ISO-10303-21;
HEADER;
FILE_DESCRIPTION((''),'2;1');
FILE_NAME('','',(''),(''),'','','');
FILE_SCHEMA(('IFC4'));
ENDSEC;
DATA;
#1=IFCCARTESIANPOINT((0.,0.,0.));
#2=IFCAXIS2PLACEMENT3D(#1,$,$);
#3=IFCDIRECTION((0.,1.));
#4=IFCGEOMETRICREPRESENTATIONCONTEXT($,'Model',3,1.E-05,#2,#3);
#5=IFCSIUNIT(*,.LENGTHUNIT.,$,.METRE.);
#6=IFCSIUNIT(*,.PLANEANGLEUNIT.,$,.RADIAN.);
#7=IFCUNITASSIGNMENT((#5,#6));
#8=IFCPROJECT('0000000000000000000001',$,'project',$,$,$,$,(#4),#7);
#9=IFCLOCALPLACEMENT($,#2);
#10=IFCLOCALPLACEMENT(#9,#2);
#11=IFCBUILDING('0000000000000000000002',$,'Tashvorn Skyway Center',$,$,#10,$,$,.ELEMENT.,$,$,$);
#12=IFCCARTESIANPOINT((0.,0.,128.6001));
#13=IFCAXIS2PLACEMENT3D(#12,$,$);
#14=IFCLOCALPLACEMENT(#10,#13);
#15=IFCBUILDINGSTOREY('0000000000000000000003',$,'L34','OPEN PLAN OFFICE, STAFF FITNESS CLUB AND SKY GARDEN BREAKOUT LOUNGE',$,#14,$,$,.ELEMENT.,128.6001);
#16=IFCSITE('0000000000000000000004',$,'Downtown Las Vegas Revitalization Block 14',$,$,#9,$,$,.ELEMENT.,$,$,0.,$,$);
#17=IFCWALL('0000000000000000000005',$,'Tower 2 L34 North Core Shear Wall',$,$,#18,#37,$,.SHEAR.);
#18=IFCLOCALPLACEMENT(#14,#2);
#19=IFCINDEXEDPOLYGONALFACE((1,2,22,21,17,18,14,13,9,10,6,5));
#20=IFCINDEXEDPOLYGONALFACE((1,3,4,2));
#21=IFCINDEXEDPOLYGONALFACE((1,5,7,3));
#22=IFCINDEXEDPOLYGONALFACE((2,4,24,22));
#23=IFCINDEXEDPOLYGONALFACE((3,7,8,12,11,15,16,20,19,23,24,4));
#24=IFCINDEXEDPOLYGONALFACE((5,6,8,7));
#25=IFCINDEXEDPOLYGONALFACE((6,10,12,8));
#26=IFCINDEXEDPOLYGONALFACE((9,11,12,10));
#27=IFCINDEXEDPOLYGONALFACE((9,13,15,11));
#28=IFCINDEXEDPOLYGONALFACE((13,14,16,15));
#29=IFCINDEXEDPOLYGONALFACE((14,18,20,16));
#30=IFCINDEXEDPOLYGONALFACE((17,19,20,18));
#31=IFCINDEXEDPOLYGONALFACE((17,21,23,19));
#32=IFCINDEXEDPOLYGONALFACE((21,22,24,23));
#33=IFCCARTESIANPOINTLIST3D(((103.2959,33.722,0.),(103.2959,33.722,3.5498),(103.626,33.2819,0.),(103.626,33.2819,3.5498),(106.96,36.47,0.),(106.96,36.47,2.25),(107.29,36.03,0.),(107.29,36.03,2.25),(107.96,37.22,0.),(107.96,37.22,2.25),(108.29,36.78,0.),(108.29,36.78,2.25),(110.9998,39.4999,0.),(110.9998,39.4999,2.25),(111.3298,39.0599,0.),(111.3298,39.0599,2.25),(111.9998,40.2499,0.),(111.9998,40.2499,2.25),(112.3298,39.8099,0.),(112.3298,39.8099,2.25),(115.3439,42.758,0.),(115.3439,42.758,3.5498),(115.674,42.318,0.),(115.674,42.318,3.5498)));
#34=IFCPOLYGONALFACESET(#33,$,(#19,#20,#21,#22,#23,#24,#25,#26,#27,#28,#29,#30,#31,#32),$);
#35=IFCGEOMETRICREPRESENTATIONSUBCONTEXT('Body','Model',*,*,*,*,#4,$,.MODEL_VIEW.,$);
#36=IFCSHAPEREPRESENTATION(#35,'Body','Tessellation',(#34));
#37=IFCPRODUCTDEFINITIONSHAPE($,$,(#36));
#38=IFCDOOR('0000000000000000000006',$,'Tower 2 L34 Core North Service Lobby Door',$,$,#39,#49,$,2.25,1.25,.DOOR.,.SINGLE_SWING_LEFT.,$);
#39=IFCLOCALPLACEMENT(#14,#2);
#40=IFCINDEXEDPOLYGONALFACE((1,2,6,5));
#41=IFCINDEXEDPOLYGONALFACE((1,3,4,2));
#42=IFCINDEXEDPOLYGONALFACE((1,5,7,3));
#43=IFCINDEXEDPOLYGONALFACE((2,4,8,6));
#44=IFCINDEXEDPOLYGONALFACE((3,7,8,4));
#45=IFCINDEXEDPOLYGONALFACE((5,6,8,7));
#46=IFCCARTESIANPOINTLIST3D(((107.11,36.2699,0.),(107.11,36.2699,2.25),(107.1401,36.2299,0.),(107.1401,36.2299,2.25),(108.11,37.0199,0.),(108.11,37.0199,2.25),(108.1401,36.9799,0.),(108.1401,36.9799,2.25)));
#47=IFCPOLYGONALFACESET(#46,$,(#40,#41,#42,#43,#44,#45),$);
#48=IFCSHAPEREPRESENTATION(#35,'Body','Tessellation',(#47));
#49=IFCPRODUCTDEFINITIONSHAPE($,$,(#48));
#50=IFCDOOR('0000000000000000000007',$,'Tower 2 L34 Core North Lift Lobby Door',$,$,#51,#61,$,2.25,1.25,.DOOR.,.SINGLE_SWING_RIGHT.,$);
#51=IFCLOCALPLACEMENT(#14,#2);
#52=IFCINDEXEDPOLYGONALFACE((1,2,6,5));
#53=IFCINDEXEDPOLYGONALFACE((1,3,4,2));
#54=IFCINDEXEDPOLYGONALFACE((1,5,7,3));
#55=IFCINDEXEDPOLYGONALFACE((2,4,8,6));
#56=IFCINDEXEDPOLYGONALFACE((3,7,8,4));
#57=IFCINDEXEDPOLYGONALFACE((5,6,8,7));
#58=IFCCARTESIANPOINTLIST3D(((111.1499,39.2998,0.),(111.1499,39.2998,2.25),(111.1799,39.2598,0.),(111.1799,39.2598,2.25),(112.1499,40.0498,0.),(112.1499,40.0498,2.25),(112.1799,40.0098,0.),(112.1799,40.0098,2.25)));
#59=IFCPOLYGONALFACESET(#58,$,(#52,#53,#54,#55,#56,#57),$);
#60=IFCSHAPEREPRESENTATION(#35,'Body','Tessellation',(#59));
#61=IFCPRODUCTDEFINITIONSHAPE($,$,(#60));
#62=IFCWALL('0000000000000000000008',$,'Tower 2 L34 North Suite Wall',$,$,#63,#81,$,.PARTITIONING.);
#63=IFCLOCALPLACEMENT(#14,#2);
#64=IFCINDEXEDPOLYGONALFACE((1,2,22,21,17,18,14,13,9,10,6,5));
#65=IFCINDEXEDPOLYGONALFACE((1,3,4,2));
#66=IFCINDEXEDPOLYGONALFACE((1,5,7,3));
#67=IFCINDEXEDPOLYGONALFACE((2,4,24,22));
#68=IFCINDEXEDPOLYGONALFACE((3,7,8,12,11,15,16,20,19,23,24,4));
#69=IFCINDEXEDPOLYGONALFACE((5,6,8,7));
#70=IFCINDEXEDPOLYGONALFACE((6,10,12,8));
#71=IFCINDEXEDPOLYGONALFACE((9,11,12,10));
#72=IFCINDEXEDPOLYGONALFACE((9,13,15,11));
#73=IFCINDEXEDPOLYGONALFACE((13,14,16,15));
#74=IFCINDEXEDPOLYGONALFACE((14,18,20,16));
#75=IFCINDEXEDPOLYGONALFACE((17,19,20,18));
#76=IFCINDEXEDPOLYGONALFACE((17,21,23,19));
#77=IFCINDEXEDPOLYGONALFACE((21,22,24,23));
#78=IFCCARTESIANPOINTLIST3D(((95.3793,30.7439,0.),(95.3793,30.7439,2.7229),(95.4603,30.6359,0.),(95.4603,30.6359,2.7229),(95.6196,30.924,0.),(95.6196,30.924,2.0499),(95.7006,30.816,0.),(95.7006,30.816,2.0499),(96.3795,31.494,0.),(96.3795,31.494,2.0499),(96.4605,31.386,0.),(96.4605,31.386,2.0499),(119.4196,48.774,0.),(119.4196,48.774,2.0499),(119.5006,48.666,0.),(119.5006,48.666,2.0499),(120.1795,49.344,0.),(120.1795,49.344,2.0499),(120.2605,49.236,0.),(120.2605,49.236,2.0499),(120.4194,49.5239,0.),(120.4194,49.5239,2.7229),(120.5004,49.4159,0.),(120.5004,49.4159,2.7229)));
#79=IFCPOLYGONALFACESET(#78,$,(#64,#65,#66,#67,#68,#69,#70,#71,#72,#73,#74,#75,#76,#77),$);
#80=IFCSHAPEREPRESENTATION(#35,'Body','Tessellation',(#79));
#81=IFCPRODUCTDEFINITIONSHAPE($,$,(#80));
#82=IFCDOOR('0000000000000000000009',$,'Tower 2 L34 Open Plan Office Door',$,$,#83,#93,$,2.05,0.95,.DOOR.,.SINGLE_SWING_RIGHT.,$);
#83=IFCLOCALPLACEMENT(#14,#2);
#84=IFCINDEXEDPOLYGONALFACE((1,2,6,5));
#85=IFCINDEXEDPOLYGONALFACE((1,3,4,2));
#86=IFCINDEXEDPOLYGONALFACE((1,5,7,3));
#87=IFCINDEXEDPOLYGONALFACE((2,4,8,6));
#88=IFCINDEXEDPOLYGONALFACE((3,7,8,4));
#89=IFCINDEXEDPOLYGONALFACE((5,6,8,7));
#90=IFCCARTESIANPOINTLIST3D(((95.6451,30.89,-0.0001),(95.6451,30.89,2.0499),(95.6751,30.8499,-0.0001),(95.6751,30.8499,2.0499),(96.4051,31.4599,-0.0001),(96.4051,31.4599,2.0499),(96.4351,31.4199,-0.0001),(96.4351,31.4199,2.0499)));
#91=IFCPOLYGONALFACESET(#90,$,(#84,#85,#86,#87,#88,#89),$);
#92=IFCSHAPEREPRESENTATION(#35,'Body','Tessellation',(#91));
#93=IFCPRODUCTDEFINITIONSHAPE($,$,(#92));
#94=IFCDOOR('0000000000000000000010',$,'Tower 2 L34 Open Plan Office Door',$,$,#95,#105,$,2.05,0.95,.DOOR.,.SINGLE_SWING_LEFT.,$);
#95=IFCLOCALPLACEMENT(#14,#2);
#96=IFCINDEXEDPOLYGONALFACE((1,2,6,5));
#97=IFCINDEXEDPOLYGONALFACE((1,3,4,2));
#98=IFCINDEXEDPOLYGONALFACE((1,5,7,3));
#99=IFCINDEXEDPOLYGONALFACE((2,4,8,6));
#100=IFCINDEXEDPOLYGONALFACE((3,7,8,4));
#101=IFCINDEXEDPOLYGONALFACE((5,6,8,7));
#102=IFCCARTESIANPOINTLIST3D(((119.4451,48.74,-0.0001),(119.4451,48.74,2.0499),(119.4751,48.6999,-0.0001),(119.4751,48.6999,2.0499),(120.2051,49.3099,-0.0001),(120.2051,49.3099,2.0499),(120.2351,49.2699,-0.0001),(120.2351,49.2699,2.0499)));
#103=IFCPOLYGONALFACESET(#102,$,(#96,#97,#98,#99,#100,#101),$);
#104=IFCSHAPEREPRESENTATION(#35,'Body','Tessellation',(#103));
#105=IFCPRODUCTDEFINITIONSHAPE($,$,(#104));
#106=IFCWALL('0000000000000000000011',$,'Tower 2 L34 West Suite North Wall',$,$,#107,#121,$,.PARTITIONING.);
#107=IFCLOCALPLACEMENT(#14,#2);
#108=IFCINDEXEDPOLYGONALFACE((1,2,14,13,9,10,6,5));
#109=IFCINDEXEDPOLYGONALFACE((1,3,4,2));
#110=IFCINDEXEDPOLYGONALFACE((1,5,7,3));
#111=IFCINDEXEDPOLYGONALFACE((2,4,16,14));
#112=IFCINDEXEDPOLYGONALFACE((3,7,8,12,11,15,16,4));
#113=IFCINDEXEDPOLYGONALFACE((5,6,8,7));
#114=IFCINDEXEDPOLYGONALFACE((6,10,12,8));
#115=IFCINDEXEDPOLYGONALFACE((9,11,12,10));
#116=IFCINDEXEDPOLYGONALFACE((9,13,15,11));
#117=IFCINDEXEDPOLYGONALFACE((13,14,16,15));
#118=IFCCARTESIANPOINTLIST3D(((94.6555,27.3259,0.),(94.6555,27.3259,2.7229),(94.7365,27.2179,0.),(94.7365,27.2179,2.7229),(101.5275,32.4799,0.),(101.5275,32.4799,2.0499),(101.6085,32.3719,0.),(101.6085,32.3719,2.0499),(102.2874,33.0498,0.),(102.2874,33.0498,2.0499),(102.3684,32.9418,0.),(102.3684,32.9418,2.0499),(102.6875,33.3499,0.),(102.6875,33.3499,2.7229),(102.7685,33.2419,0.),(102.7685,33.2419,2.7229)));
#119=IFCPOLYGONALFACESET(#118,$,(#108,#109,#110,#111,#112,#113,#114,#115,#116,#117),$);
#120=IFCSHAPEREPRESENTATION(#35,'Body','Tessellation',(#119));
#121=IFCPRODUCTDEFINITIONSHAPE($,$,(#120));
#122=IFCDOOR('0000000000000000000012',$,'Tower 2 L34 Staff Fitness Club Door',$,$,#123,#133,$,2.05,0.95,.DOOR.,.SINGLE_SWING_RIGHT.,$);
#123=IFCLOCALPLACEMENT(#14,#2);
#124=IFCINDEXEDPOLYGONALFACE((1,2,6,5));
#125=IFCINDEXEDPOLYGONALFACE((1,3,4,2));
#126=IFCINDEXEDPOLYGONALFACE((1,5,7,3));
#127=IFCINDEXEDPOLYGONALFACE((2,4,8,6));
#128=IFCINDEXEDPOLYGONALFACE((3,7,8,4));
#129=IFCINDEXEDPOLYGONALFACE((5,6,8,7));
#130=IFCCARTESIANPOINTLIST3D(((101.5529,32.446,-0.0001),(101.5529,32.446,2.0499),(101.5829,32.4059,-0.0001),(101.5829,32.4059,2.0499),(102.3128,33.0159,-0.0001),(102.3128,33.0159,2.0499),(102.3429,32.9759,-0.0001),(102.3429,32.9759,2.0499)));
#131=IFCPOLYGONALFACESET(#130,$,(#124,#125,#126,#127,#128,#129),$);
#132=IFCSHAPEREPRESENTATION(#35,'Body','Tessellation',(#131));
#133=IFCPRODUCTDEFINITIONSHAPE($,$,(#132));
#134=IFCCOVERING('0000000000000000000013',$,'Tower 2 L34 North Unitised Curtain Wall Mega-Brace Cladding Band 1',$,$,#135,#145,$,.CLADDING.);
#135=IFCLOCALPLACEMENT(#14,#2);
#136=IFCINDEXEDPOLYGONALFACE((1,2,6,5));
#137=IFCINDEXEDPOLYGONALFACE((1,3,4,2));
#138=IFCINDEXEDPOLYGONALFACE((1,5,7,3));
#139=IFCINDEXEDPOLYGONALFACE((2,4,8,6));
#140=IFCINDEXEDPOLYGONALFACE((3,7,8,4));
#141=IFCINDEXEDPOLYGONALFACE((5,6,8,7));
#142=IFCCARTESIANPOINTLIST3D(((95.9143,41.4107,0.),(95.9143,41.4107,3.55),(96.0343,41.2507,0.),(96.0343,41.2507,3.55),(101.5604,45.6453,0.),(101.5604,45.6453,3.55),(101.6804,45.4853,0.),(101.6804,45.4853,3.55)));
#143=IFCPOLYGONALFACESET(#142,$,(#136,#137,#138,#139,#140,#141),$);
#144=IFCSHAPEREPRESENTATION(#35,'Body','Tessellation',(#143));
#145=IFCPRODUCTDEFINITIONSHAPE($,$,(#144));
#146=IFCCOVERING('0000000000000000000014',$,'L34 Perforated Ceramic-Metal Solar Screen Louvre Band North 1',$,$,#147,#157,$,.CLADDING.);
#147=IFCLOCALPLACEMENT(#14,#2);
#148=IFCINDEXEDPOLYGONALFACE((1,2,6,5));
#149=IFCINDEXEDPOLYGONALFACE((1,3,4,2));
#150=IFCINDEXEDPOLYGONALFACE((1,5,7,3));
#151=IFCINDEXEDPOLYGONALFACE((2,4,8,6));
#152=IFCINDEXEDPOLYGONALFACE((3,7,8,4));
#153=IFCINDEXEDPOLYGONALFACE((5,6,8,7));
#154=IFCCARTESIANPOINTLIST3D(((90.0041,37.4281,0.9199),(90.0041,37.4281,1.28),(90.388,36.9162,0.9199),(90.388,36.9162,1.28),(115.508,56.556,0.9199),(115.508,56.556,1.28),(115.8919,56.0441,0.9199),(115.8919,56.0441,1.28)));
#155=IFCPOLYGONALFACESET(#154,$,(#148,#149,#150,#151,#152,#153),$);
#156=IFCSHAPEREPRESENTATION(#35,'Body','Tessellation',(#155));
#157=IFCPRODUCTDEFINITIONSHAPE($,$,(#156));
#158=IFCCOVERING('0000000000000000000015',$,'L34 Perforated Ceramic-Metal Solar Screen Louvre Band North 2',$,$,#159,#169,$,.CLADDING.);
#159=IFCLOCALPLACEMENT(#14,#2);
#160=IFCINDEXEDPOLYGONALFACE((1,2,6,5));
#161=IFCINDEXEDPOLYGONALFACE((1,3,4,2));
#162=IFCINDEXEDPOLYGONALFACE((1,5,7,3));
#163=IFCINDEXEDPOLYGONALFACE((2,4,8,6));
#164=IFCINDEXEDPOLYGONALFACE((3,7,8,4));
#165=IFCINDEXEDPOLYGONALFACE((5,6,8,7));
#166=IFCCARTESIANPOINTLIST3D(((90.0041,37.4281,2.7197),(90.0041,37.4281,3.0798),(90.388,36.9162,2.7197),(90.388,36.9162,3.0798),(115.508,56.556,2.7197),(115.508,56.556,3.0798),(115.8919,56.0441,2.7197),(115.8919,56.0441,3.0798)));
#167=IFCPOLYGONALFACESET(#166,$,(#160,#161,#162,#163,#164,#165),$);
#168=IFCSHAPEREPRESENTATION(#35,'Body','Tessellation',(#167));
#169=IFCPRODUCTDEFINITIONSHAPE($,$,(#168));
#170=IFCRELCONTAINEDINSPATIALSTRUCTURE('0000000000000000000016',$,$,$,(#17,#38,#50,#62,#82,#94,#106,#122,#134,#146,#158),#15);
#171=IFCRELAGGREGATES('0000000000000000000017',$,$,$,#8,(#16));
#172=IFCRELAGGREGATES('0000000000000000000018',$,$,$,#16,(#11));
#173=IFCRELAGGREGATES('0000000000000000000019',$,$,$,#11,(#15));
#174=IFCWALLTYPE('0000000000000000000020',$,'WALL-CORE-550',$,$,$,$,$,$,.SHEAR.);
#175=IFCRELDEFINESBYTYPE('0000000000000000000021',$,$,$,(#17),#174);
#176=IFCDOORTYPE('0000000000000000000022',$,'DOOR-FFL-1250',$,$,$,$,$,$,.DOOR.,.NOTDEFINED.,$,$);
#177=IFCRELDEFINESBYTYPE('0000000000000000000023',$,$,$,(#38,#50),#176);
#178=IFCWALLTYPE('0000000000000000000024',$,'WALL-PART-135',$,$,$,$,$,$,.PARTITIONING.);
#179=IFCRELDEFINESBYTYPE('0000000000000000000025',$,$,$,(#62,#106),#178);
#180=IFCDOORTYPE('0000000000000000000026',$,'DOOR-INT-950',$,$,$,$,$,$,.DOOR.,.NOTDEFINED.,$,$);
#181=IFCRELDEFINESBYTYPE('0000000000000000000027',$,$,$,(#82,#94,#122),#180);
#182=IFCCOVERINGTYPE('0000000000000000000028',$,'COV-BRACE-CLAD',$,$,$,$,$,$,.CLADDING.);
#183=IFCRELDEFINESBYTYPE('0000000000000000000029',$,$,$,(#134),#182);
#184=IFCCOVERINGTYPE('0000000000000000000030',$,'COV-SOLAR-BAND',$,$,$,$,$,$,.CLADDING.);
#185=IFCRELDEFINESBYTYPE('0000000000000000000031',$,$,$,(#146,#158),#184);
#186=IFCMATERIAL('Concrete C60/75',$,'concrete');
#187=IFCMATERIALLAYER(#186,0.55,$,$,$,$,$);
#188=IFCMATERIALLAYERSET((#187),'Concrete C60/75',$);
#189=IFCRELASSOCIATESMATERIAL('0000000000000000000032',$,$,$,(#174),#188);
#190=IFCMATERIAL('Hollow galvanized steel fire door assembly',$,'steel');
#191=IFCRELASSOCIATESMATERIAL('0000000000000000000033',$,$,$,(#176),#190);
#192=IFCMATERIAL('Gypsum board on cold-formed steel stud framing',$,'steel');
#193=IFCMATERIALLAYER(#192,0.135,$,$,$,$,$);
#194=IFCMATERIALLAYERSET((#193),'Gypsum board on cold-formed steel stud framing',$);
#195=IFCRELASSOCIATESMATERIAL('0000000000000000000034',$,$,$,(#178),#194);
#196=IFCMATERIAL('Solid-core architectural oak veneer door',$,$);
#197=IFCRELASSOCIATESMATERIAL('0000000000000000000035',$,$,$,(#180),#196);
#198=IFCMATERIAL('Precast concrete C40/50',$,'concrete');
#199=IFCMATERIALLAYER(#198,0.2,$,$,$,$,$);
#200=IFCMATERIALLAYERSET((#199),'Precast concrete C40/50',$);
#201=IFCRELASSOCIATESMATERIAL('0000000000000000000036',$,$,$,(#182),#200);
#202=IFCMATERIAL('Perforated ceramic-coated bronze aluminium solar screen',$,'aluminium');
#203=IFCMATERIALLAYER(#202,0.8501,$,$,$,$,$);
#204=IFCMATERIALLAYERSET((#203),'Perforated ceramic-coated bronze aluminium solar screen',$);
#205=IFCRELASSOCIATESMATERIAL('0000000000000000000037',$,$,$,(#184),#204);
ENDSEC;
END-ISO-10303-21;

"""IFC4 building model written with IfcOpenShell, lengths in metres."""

from ifc_helpers import new_model, si_unit, direction, frame, frame_2d, origin, origin_2d, place, context, subcontext, project, spatial, rectangle, extrude, material, layer, layer_set, type_object, element, fill, save


model = new_model("IFC4")

# Units and contexts
model_context = context("Model", 3, precision=1e-05, world=origin(), true_north=direction((0.0, 1.0)))
body_context = subcontext(model_context, "Body", "Model", "MODEL_VIEW")
ifc_project = project(units=[si_unit("LENGTHUNIT", "METRE"), si_unit("PLANEANGLEUNIT", "RADIAN")], contexts=[model_context])

# Site, building, storey
site_placement = place(None, origin())
site = spatial("IfcSite", under=ifc_project, at=site_placement, Name="Downtown Las Vegas Revitalization Block 14", CompositionType="ELEMENT", RefElevation=0.0)
building_placement = place(site_placement, origin())
building = spatial("IfcBuilding", under=site, at=building_placement, Name="Tashvorn Skyway Center", CompositionType="ELEMENT")
storey_placement = place(building_placement, frame((0.0, 0.0, 128.6001)))
storey = spatial("IfcBuildingStorey", under=building, at=storey_placement, Name="L34", Description="OPEN PLAN OFFICE, STAFF FITNESS CLUB AND SKY GARDEN BREAKOUT LOUNGE", CompositionType="ELEMENT", Elevation=128.6001)

# Walls, openings, doors
ifc_material_1 = material(Name="Concrete C60/75", Category="concrete")
ifc_layer_1 = layer(ifc_material_1, 0.55)
ifc_layer_set_1 = layer_set([ifc_layer_1], Name="Concrete C60/75")
wall_type_1 = type_object("IfcWallType", Name="WALL-CORE-550", PredefinedType="SHEAR", material=ifc_layer_set_1)
wall_1_placement = place(storey_placement, frame((103.4609, 33.502, 0.0), z_axis=(0.0, 0.0, 1.0), x_axis=(0.799998, 0.600003, 0.0)))
wall_1 = element("IfcWall", 1, at=wall_1_placement, inside=storey, type_object=wall_type_1, Name="Tower 2 L34 North Core Shear Wall", PredefinedType="SHEAR", context=body_context, shape_type="SweptSolid", body=[
    extrude(rectangle(XDim=15.0601, YDim=0.55, at=frame_2d((7.53, 0.0))), origin(), (0.0, 0.0, 1.0), 3.5498),
])
opening_1_placement = place(wall_1_placement, frame((4.5801, 0.0, 0.0)))
opening_1 = element("IfcOpeningElement", 2, at=opening_1_placement, cuts=wall_1, PredefinedType="OPENING", context=body_context, shape_type="SweptSolid", body=[
    extrude(rectangle(XDim=1.25, YDim=2.25, at=frame_2d((0.625, 1.125))), frame((0.0, 0.2849, 0.0), z_axis=(0.0, -1.0, 0.0), x_axis=(1.0, 0.0, 0.0)), (0.0, 0.0, 1.0), 0.5701),
])
opening_2_placement = place(wall_1_placement, frame((9.6299, 0.0, 0.0)))
opening_2 = element("IfcOpeningElement", 3, at=opening_2_placement, cuts=wall_1, PredefinedType="OPENING", context=body_context, shape_type="SweptSolid", body=[
    extrude(rectangle(XDim=1.25, YDim=2.25, at=frame_2d((0.625, 1.125))), frame((0.0, 0.2849, 0.0), z_axis=(0.0, -1.0, 0.0), x_axis=(1.0, 0.0, 0.0)), (0.0, 0.0, 1.0), 0.5701),
])
ifc_material_2 = material(Name="Hollow galvanized steel fire door assembly", Category="steel")
door_type_1 = type_object("IfcDoorType", Name="DOOR-FFL-1250", OperationType="NOTDEFINED", PredefinedType="DOOR", material=ifc_material_2)
door_1_placement = place(opening_1_placement, origin())
door_1 = element("IfcDoor", 4, at=door_1_placement, inside=storey, type_object=door_type_1, Name="Tower 2 L34 Core North Service Lobby Door", OperationType="SINGLE_SWING_LEFT", OverallHeight=2.25, OverallWidth=1.25, PredefinedType="DOOR", context=body_context, shape_type="SweptSolid", body=[
    extrude(rectangle(XDim=1.25, YDim=2.25, at=frame_2d((0.625, 1.125))), frame((0.0, 0.0249, 0.0), z_axis=(0.0, -1.0, 0.0), x_axis=(1.0, 0.0, 0.0)), (0.0, 0.0, 1.0), 0.05),
])
fill(opening_1, door_1)
door_2_placement = place(opening_2_placement, origin())
door_2 = element("IfcDoor", 5, at=door_2_placement, inside=storey, type_object=door_type_1, Name="Tower 2 L34 Core North Lift Lobby Door", OperationType="SINGLE_SWING_RIGHT", OverallHeight=2.25, OverallWidth=1.25, PredefinedType="DOOR", context=body_context, shape_type="SweptSolid", body=[
    extrude(rectangle(XDim=1.25, YDim=2.25, at=frame_2d((0.625, 1.125))), frame((0.0, 0.0249, 0.0), z_axis=(0.0, -1.0, 0.0), x_axis=(1.0, 0.0, 0.0)), (0.0, 0.0, 1.0), 0.05),
])
fill(opening_2, door_2)
ifc_material_3 = material(Name="Gypsum board on cold-formed steel stud framing", Category="steel")
ifc_layer_2 = layer(ifc_material_3, 0.135)
ifc_layer_set_2 = layer_set([ifc_layer_2], Name="Gypsum board on cold-formed steel stud framing")
wall_type_2 = type_object("IfcWallType", Name="WALL-PART-135", PredefinedType="PARTITIONING", material=ifc_layer_set_2)
wall_2_placement = place(storey_placement, frame((95.4199, 30.6899, 0.0), z_axis=(0.0, 0.0, 1.0), x_axis=(0.8, 0.6, 0.0)))
wall_2 = element("IfcWall", 6, at=wall_2_placement, inside=storey, type_object=wall_type_2, Name="Tower 2 L34 North Suite Wall", PredefinedType="PARTITIONING", context=body_context, shape_type="SweptSolid", body=[
    extrude(rectangle(XDim=31.3, YDim=0.135, at=frame_2d((15.6499, 0.0))), origin(), (0.0, 0.0, 1.0), 2.7229),
])
opening_3_placement = place(wall_2_placement, frame((0.3, 0.0, 0.0)))
opening_3 = element("IfcOpeningElement", 7, at=opening_3_placement, cuts=wall_2, PredefinedType="OPENING", context=body_context, shape_type="SweptSolid", body=[
    extrude(rectangle(XDim=0.95, YDim=2.05, at=frame_2d((0.4751, 1.0249))), frame((0.0, 0.0774, 0.0), z_axis=(0.0, -1.0, 0.0), x_axis=(1.0, 0.0, 0.0)), (0.0, 0.0, 1.0), 0.155),
])
opening_4_placement = place(wall_2_placement, frame((30.05, 0.0, 0.0)))
opening_4 = element("IfcOpeningElement", 8, at=opening_4_placement, cuts=wall_2, PredefinedType="OPENING", context=body_context, shape_type="SweptSolid", body=[
    extrude(rectangle(XDim=0.95, YDim=2.05, at=frame_2d((0.4751, 1.0249))), frame((0.0, 0.0774, 0.0), z_axis=(0.0, -1.0, 0.0), x_axis=(1.0, 0.0, 0.0)), (0.0, 0.0, 1.0), 0.155),
])
ifc_material_4 = material(Name="Solid-core architectural oak veneer door")
door_type_2 = type_object("IfcDoorType", Name="DOOR-INT-950", OperationType="NOTDEFINED", PredefinedType="DOOR", material=ifc_material_4)
door_3_placement = place(opening_3_placement, origin())
door_3 = element("IfcDoor", 9, at=door_3_placement, inside=storey, type_object=door_type_2, Name="Tower 2 L34 Open Plan Office Door", OperationType="SINGLE_SWING_RIGHT", OverallHeight=2.05, OverallWidth=0.95, PredefinedType="DOOR", context=body_context, shape_type="SweptSolid", body=[
    extrude(rectangle(XDim=0.95, YDim=2.05, at=frame_2d((0.4751, 1.0249))), frame((0.0, 0.0249, 0.0), z_axis=(0.0, -1.0, 0.0), x_axis=(1.0, 0.0, 0.0)), (0.0, 0.0, 1.0), 0.05),
])
fill(opening_3, door_3)
door_4_placement = place(opening_4_placement, origin())
door_4 = element("IfcDoor", 10, at=door_4_placement, inside=storey, type_object=door_type_2, Name="Tower 2 L34 Open Plan Office Door", OperationType="SINGLE_SWING_LEFT", OverallHeight=2.05, OverallWidth=0.95, PredefinedType="DOOR", context=body_context, shape_type="SweptSolid", body=[
    extrude(rectangle(XDim=0.95, YDim=2.05, at=frame_2d((0.4751, 1.0249))), frame((0.0, 0.0249, 0.0), z_axis=(0.0, -1.0, 0.0), x_axis=(1.0, 0.0, 0.0)), (0.0, 0.0, 1.0), 0.05),
])
fill(opening_4, door_4)

# Wall, opening, door
wall_3_placement = place(storey_placement, frame((102.728, 33.2959, 0.0), z_axis=(0.0, 0.0, 1.0), x_axis=(-0.800003, -0.599996, 0.0)))
wall_3 = element("IfcWall", 11, at=wall_3_placement, inside=storey, type_object=wall_type_2, Name="Tower 2 L34 West Suite North Wall", PredefinedType="PARTITIONING", context=body_context, shape_type="SweptSolid", body=[
    extrude(rectangle(XDim=10.04, YDim=0.135, at=frame_2d((5.02, 0.0))), origin(), (0.0, 0.0, 1.0), 2.7229),
])
opening_5_placement = place(wall_3_placement, frame((0.5, 0.0, 0.0)))
opening_5 = element("IfcOpeningElement", 12, at=opening_5_placement, cuts=wall_3, PredefinedType="OPENING", context=body_context, shape_type="SweptSolid", body=[
    extrude(rectangle(XDim=0.95, YDim=2.05, at=frame_2d((0.4751, 1.0249))), frame((0.0, 0.0774, 0.0), z_axis=(0.0, -1.0, 0.0), x_axis=(1.0, 0.0, 0.0)), (0.0, 0.0, 1.0), 0.155),
])
door_5_placement = place(opening_5_placement, origin())
door_5 = element("IfcDoor", 13, at=door_5_placement, inside=storey, type_object=door_type_2, Name="Tower 2 L34 Staff Fitness Club Door", OperationType="SINGLE_SWING_RIGHT", OverallHeight=2.05, OverallWidth=0.95, PredefinedType="DOOR", context=body_context, shape_type="SweptSolid", body=[
    extrude(rectangle(XDim=0.95, YDim=2.05, at=frame_2d((0.4751, 1.0249))), frame((0.0, 0.0249, 0.0), z_axis=(0.0, -1.0, 0.0), x_axis=(1.0, 0.0, 0.0)), (0.0, 0.0, 1.0), 0.05),
])
fill(opening_5, door_5)

# Coverings
ifc_material_5 = material(Name="Precast concrete C40/50", Category="concrete")
ifc_layer_3 = layer(ifc_material_5, 0.2)
ifc_layer_set_3 = layer_set([ifc_layer_3], Name="Precast concrete C40/50")
covering_type_1 = type_object("IfcCoveringType", Name="COV-BRACE-CLAD", PredefinedType="CLADDING", material=ifc_layer_set_3)
covering_placement = place(storey_placement, frame((98.7974, 43.448, 0.0), z_axis=(0.0, 0.0, 1.0), x_axis=(0.8, 0.6, 0.0)))
element("IfcCovering", 14, at=covering_placement, inside=storey, type_object=covering_type_1, Name="Tower 2 L34 North Unitised Curtain Wall Mega-Brace Cladding Band 1", PredefinedType="CLADDING", context=body_context, shape_type="SweptSolid", body=[
    extrude(rectangle(XDim=7.0576, YDim=0.2, at=origin_2d()), origin(), (0.0, 0.0, 1.0), 3.55),
])
ifc_material_6 = material(Name="Perforated ceramic-coated bronze aluminium solar screen", Category="aluminium")
ifc_layer_4 = layer(ifc_material_6, 0.8501)
ifc_layer_set_4 = layer_set([ifc_layer_4], Name="Perforated ceramic-coated bronze aluminium solar screen")
covering_type_2 = type_object("IfcCoveringType", Name="COV-SOLAR-BAND", PredefinedType="CLADDING", material=ifc_layer_set_4)
for number, where, z_axis, x_axis, name in (
    (15, (102.948, 46.7361, 0.9199), (0.0, 0.0, 1.0), (0.8, 0.6, 0.0), "L34 Perforated Ceramic-Metal Solar Screen Louvre Band North 1"),
    (16, (102.948, 46.7361, 2.7197), (0.0, 0.0, 1.0), (0.8, 0.6, 0.0), "L34 Perforated Ceramic-Metal Solar Screen Louvre Band North 2"),
):
    element("IfcCovering", number, at=place(storey_placement, frame(where, z_axis=z_axis, x_axis=x_axis)), inside=storey, type_object=covering_type_2, Name=name, PredefinedType="CLADDING", context=body_context, shape_type="SweptSolid", body=[
        extrude(rectangle(XDim=31.8799, YDim=0.6399, at=origin_2d()), origin(), (0.0, 0.0, 1.0), 0.3601),
    ])

save(model, "model.ifc")
